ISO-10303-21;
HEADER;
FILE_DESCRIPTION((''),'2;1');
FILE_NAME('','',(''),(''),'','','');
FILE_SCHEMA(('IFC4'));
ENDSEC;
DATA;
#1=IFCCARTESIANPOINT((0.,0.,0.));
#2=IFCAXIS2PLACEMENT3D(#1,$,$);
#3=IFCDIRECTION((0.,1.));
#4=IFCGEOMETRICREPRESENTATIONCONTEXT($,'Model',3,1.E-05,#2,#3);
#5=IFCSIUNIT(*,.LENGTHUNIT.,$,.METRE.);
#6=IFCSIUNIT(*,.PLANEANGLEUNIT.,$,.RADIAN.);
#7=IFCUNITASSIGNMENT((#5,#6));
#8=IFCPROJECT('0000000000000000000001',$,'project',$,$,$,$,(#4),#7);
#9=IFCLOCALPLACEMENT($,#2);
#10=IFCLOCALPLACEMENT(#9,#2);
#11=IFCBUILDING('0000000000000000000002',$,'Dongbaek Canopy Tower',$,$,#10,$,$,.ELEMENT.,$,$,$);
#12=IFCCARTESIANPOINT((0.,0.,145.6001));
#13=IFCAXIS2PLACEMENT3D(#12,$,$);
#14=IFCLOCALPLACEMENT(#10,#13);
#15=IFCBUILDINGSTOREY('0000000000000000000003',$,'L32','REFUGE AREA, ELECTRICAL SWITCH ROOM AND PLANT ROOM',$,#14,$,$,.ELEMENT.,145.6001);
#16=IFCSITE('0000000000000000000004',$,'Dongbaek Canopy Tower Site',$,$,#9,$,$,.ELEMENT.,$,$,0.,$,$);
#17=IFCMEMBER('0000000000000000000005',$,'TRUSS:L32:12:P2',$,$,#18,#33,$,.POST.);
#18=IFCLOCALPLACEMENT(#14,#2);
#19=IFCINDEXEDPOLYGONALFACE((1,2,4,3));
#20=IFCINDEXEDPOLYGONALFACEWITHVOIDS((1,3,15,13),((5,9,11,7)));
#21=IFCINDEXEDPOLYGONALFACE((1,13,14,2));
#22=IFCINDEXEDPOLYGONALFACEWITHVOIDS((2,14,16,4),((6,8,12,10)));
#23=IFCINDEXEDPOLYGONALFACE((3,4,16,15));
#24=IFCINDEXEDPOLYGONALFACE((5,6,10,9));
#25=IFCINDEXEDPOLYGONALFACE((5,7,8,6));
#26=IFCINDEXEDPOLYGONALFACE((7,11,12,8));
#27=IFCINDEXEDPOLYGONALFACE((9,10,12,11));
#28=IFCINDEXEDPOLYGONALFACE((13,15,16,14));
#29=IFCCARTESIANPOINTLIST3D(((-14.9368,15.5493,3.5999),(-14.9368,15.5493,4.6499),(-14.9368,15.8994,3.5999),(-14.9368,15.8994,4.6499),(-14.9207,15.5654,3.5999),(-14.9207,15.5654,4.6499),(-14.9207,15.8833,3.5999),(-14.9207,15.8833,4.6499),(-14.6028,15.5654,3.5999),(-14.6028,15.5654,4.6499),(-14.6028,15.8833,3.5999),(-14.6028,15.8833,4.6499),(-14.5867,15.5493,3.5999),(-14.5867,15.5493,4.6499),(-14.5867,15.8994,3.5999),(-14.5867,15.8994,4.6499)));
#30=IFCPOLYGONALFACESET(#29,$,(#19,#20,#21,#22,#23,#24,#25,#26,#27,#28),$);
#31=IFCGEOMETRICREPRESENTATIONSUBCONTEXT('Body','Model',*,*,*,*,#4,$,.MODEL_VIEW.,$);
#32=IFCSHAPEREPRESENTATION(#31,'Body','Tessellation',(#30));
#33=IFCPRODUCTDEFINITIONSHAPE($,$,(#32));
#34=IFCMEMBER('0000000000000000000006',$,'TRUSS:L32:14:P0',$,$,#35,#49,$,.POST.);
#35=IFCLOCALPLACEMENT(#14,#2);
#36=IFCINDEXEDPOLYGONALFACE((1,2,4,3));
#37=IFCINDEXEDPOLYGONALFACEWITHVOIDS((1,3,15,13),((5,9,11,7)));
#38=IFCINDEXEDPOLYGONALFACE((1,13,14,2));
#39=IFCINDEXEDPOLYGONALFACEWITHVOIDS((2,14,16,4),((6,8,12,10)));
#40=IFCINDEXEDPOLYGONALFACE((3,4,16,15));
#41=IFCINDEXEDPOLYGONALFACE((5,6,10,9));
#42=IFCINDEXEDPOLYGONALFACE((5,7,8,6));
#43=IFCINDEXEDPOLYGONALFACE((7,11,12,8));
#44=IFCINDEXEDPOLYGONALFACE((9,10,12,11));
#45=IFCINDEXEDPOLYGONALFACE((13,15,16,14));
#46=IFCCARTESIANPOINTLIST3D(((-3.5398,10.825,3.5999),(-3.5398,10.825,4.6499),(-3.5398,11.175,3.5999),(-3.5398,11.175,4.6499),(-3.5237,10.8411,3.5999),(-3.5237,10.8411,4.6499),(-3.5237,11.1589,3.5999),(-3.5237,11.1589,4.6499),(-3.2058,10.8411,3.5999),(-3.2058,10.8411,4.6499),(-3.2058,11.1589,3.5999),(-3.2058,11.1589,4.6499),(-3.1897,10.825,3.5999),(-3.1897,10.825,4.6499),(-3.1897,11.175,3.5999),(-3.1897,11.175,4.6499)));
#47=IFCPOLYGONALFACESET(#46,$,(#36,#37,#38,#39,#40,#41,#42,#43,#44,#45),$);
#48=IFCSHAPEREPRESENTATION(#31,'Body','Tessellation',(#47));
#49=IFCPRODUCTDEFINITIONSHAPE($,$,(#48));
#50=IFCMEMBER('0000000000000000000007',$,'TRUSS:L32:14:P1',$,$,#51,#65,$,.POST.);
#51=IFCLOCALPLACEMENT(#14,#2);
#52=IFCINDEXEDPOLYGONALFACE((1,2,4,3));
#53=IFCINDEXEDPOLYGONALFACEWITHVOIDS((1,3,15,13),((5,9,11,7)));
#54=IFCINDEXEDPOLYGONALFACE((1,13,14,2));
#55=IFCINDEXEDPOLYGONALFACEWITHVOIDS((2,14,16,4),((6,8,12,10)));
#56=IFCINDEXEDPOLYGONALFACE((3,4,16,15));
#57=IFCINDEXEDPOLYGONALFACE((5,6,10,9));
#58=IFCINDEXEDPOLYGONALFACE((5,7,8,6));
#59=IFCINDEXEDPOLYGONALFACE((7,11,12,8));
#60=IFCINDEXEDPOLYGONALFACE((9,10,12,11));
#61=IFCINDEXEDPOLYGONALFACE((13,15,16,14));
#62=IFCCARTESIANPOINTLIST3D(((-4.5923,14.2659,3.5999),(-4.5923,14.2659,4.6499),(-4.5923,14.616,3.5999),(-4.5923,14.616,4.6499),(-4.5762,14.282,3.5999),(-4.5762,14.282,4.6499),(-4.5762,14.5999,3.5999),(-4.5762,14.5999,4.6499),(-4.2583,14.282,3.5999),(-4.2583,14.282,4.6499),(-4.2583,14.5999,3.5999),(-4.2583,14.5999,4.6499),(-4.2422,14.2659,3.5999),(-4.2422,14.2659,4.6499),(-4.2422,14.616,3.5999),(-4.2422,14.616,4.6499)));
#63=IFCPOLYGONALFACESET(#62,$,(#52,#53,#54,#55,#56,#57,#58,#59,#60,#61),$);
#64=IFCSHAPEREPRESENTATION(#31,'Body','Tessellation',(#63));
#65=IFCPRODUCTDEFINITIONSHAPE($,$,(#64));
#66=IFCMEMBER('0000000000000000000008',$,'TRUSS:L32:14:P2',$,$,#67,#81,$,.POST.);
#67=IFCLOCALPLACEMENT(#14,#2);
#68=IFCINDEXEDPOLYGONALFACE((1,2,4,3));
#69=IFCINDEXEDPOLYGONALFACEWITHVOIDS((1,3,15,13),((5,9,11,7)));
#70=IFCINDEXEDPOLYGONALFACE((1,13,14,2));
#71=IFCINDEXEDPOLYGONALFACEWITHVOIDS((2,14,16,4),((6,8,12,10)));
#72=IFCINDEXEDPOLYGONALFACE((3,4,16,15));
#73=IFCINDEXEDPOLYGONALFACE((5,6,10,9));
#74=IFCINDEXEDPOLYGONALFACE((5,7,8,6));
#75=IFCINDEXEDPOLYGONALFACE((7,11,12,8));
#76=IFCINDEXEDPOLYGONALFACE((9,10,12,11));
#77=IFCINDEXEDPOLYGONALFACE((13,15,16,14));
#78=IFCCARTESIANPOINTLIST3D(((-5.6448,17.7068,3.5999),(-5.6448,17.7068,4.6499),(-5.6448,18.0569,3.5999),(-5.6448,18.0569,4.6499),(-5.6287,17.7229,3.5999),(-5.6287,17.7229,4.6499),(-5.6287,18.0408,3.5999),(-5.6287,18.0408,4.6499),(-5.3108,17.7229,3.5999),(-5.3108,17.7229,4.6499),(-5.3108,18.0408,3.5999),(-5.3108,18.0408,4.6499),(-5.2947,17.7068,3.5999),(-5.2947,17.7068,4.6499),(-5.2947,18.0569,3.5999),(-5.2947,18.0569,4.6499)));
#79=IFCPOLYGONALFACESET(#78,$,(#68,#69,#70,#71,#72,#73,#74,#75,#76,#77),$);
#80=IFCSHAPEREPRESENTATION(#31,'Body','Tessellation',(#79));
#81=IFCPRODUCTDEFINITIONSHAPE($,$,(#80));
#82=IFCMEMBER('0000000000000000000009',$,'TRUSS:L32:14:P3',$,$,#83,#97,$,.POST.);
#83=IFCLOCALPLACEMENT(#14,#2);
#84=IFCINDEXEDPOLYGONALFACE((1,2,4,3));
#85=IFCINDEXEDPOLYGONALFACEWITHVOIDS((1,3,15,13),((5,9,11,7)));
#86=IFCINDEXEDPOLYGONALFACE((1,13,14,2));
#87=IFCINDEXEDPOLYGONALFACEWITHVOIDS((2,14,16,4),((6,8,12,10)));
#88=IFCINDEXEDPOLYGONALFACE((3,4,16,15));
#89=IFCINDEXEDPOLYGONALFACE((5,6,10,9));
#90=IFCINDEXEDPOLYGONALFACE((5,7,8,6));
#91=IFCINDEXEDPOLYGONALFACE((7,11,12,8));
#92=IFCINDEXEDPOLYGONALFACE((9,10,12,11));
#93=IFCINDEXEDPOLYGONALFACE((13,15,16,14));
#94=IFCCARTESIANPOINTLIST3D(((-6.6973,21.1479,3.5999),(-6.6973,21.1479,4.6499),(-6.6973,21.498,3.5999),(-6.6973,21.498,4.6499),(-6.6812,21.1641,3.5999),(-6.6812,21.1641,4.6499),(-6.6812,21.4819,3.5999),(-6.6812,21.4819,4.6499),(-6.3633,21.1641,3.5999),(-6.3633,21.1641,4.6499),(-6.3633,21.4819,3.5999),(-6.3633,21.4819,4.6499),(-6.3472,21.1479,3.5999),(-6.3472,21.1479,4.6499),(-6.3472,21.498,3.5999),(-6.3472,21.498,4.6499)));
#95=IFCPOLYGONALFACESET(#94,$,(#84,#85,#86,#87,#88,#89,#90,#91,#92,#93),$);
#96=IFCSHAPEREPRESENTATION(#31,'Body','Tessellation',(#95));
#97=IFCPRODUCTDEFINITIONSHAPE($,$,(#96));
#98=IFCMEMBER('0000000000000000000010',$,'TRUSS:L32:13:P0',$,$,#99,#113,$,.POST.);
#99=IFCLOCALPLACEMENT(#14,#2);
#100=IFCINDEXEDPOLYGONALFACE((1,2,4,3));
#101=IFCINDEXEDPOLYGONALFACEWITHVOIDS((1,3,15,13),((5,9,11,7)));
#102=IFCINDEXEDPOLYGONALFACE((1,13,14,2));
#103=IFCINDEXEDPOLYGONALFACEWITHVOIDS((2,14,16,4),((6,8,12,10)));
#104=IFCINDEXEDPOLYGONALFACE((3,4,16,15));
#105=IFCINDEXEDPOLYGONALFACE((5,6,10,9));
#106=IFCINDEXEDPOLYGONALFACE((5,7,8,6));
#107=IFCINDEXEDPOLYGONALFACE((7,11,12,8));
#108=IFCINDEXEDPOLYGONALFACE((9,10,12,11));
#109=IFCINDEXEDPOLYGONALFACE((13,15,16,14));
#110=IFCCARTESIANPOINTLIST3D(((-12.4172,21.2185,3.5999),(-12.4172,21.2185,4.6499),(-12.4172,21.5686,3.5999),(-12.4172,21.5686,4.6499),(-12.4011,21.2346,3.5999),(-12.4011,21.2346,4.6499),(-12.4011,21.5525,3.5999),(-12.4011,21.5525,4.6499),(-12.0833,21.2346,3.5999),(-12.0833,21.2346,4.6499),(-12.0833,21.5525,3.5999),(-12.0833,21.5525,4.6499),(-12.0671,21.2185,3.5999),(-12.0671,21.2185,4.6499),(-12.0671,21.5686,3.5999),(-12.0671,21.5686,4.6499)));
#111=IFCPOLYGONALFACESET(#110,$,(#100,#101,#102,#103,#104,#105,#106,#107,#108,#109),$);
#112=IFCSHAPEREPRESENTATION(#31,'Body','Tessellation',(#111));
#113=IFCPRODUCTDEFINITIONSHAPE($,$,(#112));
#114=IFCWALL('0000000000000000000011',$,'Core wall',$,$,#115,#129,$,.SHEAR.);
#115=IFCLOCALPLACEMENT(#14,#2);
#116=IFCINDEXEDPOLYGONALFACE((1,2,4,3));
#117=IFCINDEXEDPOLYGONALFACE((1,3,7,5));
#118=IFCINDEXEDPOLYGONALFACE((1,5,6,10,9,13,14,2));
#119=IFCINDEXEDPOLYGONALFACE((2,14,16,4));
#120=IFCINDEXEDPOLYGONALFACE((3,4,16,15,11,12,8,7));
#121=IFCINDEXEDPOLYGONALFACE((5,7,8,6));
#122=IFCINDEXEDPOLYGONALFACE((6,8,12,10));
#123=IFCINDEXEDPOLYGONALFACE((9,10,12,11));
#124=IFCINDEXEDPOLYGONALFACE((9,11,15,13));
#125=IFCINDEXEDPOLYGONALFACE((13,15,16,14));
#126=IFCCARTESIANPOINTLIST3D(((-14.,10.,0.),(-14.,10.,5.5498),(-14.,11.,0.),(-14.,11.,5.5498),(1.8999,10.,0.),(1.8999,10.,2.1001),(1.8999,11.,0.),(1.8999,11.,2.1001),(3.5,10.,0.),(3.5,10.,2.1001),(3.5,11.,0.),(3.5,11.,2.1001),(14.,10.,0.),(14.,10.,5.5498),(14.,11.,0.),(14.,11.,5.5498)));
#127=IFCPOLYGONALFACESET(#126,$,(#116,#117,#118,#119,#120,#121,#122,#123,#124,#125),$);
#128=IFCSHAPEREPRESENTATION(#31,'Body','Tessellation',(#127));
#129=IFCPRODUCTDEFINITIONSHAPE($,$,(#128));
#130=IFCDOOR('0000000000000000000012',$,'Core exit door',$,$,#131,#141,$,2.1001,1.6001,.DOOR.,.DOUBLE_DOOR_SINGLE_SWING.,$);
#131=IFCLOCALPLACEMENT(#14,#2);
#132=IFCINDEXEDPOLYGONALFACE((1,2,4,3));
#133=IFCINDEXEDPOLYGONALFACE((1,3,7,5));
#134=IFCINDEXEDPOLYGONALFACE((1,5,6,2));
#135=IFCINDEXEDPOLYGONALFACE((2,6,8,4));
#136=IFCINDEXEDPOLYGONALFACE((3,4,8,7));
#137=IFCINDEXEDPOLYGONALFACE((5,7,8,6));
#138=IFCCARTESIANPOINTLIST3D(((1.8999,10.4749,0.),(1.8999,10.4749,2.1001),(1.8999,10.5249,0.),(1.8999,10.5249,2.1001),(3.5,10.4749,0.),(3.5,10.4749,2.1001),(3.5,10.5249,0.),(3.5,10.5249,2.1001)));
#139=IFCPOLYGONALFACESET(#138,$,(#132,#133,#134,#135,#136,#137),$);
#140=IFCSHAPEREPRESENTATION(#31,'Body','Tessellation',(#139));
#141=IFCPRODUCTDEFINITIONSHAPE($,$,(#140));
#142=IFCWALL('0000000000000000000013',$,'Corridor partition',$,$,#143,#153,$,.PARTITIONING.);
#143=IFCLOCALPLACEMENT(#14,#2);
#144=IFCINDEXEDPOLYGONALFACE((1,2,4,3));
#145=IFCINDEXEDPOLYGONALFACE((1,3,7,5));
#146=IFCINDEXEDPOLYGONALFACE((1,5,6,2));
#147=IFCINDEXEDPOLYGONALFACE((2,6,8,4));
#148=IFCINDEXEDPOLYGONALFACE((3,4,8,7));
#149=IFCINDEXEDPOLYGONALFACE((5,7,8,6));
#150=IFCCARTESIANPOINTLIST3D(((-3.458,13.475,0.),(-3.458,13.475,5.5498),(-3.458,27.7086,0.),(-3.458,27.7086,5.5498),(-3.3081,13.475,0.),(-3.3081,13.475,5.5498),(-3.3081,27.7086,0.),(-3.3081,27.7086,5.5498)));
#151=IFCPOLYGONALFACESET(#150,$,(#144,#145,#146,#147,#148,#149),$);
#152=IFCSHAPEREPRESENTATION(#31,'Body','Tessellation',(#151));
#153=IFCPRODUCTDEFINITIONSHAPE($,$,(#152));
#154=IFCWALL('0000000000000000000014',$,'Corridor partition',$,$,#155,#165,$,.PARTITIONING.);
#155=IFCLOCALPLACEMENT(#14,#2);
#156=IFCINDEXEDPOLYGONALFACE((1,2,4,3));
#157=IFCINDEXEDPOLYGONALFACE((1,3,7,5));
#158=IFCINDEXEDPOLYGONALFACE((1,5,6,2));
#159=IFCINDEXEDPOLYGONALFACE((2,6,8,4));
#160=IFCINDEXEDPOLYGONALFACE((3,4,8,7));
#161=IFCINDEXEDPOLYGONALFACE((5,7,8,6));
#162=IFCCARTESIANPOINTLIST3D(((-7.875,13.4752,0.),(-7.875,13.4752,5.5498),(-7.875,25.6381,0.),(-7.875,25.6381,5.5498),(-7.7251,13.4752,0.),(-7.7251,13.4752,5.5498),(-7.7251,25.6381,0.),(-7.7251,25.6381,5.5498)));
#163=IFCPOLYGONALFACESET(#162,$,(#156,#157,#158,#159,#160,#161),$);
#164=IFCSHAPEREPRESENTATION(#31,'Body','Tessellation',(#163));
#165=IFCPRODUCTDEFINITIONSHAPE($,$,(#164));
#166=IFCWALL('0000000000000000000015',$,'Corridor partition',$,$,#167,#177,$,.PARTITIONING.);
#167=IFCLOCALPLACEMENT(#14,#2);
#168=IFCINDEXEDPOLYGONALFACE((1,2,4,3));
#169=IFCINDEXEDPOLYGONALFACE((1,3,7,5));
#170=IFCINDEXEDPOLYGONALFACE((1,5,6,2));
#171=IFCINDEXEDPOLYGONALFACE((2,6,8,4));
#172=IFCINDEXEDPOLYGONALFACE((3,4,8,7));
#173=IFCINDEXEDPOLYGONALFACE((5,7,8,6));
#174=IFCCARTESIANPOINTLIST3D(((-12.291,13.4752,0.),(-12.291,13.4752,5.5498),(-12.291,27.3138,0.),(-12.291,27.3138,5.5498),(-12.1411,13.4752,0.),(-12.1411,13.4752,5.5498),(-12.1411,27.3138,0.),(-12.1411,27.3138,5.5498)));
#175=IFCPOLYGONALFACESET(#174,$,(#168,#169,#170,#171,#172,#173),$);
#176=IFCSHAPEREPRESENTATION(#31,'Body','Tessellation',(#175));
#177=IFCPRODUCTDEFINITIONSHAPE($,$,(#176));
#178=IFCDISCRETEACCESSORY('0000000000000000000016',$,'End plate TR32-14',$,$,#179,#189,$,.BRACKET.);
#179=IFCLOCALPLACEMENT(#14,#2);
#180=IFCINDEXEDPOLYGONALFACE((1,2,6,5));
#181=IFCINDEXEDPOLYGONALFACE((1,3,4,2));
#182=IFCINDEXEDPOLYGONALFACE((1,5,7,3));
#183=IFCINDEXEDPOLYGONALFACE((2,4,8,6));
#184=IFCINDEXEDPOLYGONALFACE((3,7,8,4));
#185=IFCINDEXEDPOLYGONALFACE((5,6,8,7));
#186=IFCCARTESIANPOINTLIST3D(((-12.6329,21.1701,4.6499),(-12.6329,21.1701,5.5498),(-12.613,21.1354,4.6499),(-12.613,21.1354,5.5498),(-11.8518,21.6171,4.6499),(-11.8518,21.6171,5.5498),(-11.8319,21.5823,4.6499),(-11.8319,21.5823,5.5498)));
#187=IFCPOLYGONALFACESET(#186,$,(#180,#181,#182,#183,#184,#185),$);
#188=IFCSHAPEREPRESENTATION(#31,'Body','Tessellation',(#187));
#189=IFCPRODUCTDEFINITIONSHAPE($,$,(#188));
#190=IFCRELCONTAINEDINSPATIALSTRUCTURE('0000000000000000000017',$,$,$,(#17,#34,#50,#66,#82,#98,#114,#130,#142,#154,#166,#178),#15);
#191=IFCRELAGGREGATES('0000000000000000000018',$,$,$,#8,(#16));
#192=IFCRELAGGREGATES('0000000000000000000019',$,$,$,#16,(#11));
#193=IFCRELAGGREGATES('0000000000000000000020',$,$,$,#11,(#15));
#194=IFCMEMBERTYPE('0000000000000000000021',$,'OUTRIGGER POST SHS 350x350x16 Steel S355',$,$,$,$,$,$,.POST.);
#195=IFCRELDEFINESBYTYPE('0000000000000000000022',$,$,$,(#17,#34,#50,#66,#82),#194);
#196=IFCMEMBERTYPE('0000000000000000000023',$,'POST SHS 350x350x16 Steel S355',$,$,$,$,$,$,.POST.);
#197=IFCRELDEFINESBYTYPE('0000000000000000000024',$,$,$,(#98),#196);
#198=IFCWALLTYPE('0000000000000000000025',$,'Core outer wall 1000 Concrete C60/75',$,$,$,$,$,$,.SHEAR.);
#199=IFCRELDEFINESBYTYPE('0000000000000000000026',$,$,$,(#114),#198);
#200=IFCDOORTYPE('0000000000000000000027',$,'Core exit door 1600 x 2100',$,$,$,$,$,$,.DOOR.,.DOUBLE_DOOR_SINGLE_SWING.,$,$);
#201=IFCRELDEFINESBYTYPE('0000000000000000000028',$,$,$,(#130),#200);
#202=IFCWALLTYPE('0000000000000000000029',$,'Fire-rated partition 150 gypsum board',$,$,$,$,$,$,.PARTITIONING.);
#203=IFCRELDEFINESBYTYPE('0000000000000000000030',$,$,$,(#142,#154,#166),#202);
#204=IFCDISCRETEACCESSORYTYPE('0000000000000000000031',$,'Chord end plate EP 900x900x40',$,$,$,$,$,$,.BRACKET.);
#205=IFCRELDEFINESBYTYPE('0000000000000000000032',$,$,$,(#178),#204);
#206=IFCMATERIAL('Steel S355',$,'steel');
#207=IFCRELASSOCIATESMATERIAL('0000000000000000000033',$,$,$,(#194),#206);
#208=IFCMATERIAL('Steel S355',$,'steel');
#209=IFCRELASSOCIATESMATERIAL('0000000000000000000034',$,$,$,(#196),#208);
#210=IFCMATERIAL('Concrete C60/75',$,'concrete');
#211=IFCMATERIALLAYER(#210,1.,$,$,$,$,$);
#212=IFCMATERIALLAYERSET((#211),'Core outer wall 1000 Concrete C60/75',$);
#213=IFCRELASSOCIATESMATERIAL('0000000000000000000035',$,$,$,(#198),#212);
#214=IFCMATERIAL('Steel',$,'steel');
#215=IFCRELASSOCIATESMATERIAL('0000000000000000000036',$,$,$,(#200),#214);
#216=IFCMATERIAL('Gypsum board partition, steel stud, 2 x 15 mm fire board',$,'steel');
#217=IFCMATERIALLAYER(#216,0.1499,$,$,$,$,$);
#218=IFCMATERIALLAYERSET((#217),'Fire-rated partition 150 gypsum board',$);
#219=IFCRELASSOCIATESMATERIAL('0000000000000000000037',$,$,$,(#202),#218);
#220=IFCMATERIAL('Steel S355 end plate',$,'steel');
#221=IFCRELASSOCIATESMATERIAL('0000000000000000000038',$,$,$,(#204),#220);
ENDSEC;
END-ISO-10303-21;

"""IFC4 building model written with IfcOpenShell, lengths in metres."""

from ifc_helpers import new_model, si_unit, direction, frame, frame_2d, origin, origin_2d, place, context, subcontext, project, spatial, rectangle, hollow_rectangle, extrude, material, layer, layer_set, material_profile, profile_set, type_object, element, fill, save


model = new_model("IFC4")

# Units and contexts
model_context = context("Model", 3, precision=1e-05, world=origin(), true_north=direction((0.0, 1.0)))
body_context = subcontext(model_context, "Body", "Model", "MODEL_VIEW")
ifc_project = project(units=[si_unit("LENGTHUNIT", "METRE"), si_unit("PLANEANGLEUNIT", "RADIAN")], contexts=[model_context])

# Site, building, storey
site_placement = place(None, origin())
site = spatial("IfcSite", under=ifc_project, at=site_placement, Name="Dongbaek Canopy Tower Site", CompositionType="ELEMENT", RefElevation=0.0)
building_placement = place(site_placement, origin())
building = spatial("IfcBuilding", under=site, at=building_placement, Name="Dongbaek Canopy Tower", CompositionType="ELEMENT")
storey_placement = place(building_placement, frame((0.0, 0.0, 145.6001)))
storey = spatial("IfcBuildingStorey", under=building, at=storey_placement, Name="L32", Description="REFUGE AREA, ELECTRICAL SWITCH ROOM AND PLANT ROOM", CompositionType="ELEMENT", Elevation=145.6001)

# Members
ifc_material_1 = material(Name="Steel S355", Category="steel")
ifc_material_profile_1 = material_profile(ifc_material_1, hollow_rectangle(XDim=0.3501, YDim=0.3501, WallThickness=0.0161, at=origin_2d()), Name="OUTRIGGER POST SHS 350x350x16 Steel S355")
ifc_profile_set_1 = profile_set([ifc_material_profile_1], Name="Steel S355")
member_type_1 = type_object("IfcMemberType", Name="OUTRIGGER POST SHS 350x350x16 Steel S355", PredefinedType="POST", material=ifc_profile_set_1)
for number, where, z_axis, x_axis, name in (
    (1, (-14.7617, 15.7244, 3.5999), (0.0, 0.0, 1.0), (1.0, 0.0, 0.0), "TRUSS:L32:12:P2"),
    (2, (-3.3647, 11.0, 3.5999), (0.0, 0.0, 1.0), (1.0, 0.0, 0.0), "TRUSS:L32:14:P0"),
    (3, (-4.4172, 14.4409, 3.5999), (0.0, 0.0, 1.0), (1.0, 0.0, 0.0), "TRUSS:L32:14:P1"),
    (4, (-5.4697, 17.8818, 3.5999), (0.0, 0.0, 1.0), (1.0, 0.0, 0.0), "TRUSS:L32:14:P2"),
    (5, (-6.5222, 21.323, 3.5999), (0.0, 0.0, 1.0), (1.0, 0.0, 0.0), "TRUSS:L32:14:P3"),
):
    element("IfcMember", number, at=place(storey_placement, frame(where, z_axis=z_axis, x_axis=x_axis)), inside=storey, type_object=member_type_1, Name=name, PredefinedType="POST", context=body_context, shape_type="SweptSolid", body=[
        extrude(hollow_rectangle(XDim=0.3501, YDim=0.3501, WallThickness=0.0161, at=origin_2d()), origin(), (0.0, 0.0, 1.0), 1.05),
    ])
ifc_material_2 = material(Name="Steel S355", Category="steel")
ifc_material_profile_2 = material_profile(ifc_material_2, hollow_rectangle(XDim=0.3501, YDim=0.3501, WallThickness=0.0161, at=origin_2d()), Name="POST SHS 350x350x16 Steel S355")
ifc_profile_set_2 = profile_set([ifc_material_profile_2], Name="Steel S355")
member_type_2 = type_object("IfcMemberType", Name="POST SHS 350x350x16 Steel S355", PredefinedType="POST", material=ifc_profile_set_2)
member_1_placement = place(storey_placement, frame((-12.2422, 21.3936, 3.5999), z_axis=(0.0, 0.0, 1.0), x_axis=(1.0, 0.0, 0.0)))
element("IfcMember", 6, at=member_1_placement, inside=storey, type_object=member_type_2, Name="TRUSS:L32:13:P0", PredefinedType="POST", context=body_context, shape_type="SweptSolid", body=[
    extrude(hollow_rectangle(XDim=0.3501, YDim=0.3501, WallThickness=0.0161, at=origin_2d()), origin(), (0.0, 0.0, 1.0), 1.05),
])

# Wall, opening, door
ifc_material_3 = material(Name="Concrete C60/75", Category="concrete")
ifc_layer_1 = layer(ifc_material_3, 1.0)
ifc_layer_set_1 = layer_set([ifc_layer_1], Name="Core outer wall 1000 Concrete C60/75")
wall_type_1 = type_object("IfcWallType", Name="Core outer wall 1000 Concrete C60/75", PredefinedType="SHEAR", material=ifc_layer_set_1)
wall_1_placement = place(storey_placement, frame((-14.0, 10.5, 0.0), z_axis=(0.0, 0.0, 1.0), x_axis=(1.0, 0.0, 0.0)))
wall_1 = element("IfcWall", 7, at=wall_1_placement, inside=storey, type_object=wall_type_1, Name="Core wall", PredefinedType="SHEAR", context=body_context, shape_type="SweptSolid", body=[
    extrude(rectangle(XDim=28.0, YDim=1.0, at=frame_2d((14.0, 0.0))), origin(), (0.0, 0.0, 1.0), 5.5498),
])
opening_placement = place(wall_1_placement, frame((15.8999, 0.0, 0.0)))
opening = element("IfcOpeningElement", 8, at=opening_placement, cuts=wall_1, PredefinedType="OPENING", context=body_context, shape_type="SweptSolid", body=[
    extrude(rectangle(XDim=1.6001, YDim=2.1001, at=frame_2d((0.8, 1.05))), frame((0.0, 0.51, 0.0), z_axis=(0.0, -1.0, 0.0), x_axis=(1.0, 0.0, 0.0)), (0.0, 0.0, 1.0), 1.02),
])
ifc_material_4 = material(Name="Steel", Category="steel")
door_type = type_object("IfcDoorType", Name="Core exit door 1600 x 2100", OperationType="DOUBLE_DOOR_SINGLE_SWING", PredefinedType="DOOR", material=ifc_material_4)
door_placement = place(opening_placement, origin())
door = element("IfcDoor", 9, at=door_placement, inside=storey, type_object=door_type, Name="Core exit door", OperationType="DOUBLE_DOOR_SINGLE_SWING", OverallHeight=2.1001, OverallWidth=1.6001, PredefinedType="DOOR", context=body_context, shape_type="SweptSolid", body=[
    extrude(rectangle(XDim=1.6001, YDim=2.1001, at=frame_2d((0.8, 1.05))), frame((0.0, 0.0249, 0.0), z_axis=(0.0, -1.0, 0.0), x_axis=(1.0, 0.0, 0.0)), (0.0, 0.0, 1.0), 0.05),
])
fill(opening, door)

# Walls
ifc_material_5 = material(Name="Gypsum board partition, steel stud, 2 x 15 mm fire board", Category="steel")
ifc_layer_2 = layer(ifc_material_5, 0.1499)
ifc_layer_set_2 = layer_set([ifc_layer_2], Name="Fire-rated partition 150 gypsum board")
wall_type_2 = type_object("IfcWallType", Name="Fire-rated partition 150 gypsum board", PredefinedType="PARTITIONING", material=ifc_layer_set_2)
wall_2_placement = place(storey_placement, frame((-3.3831, 13.4751, 0.0), z_axis=(0.0, 0.0, 1.0), x_axis=(0.0, 1.0, 0.0)))
element("IfcWall", 10, at=wall_2_placement, inside=storey, type_object=wall_type_2, Name="Corridor partition", PredefinedType="PARTITIONING", context=body_context, shape_type="SweptSolid", body=[
    extrude(rectangle(XDim=14.2336, YDim=0.1499, at=frame_2d((7.1167, 0.0))), origin(), (0.0, 0.0, 1.0), 5.5498),
])
wall_3_placement = place(storey_placement, frame((-7.8, 13.4751, 0.0), z_axis=(0.0, 0.0, 1.0), x_axis=(0.0, 1.0, 0.0)))
element("IfcWall", 11, at=wall_3_placement, inside=storey, type_object=wall_type_2, Name="Corridor partition", PredefinedType="PARTITIONING", context=body_context, shape_type="SweptSolid", body=[
    extrude(rectangle(XDim=12.1628, YDim=0.1499, at=frame_2d((6.0815, 0.0))), origin(), (0.0, 0.0, 1.0), 5.5498),
])
wall_4_placement = place(storey_placement, frame((-12.2161, 13.4751, 0.0), z_axis=(0.0, 0.0, 1.0), x_axis=(0.0, 1.0, 0.0)))
element("IfcWall", 12, at=wall_4_placement, inside=storey, type_object=wall_type_2, Name="Corridor partition", PredefinedType="PARTITIONING", context=body_context, shape_type="SweptSolid", body=[
    extrude(rectangle(XDim=13.8386, YDim=0.1499, at=frame_2d((6.9194, 0.0))), origin(), (0.0, 0.0, 1.0), 5.5498),
])

# Discrete accessory
ifc_material_6 = material(Name="Steel S355 end plate", Category="steel")
discrete_accessory_type = type_object("IfcDiscreteAccessoryType", Name="Chord end plate EP 900x900x40", PredefinedType="BRACKET", material=ifc_material_6)
for number, where, z_axis, x_axis, name in (
    (13, (-12.2324, 21.3762, 4.6499), (0.0, 0.0, 1.0), (-0.496668, 0.867941, 0.0), "End plate TR32-14"),
):
    element("IfcDiscreteAccessory", number, at=place(storey_placement, frame(where, z_axis=z_axis, x_axis=x_axis)), inside=storey, type_object=discrete_accessory_type, Name=name, PredefinedType="BRACKET", context=body_context, shape_type="SweptSolid", body=[
        extrude(rectangle(XDim=0.04, YDim=0.8999, at=origin_2d()), origin(), (0.0, 0.0, 1.0), 0.8999),
    ])

save(model, "model.ifc")
